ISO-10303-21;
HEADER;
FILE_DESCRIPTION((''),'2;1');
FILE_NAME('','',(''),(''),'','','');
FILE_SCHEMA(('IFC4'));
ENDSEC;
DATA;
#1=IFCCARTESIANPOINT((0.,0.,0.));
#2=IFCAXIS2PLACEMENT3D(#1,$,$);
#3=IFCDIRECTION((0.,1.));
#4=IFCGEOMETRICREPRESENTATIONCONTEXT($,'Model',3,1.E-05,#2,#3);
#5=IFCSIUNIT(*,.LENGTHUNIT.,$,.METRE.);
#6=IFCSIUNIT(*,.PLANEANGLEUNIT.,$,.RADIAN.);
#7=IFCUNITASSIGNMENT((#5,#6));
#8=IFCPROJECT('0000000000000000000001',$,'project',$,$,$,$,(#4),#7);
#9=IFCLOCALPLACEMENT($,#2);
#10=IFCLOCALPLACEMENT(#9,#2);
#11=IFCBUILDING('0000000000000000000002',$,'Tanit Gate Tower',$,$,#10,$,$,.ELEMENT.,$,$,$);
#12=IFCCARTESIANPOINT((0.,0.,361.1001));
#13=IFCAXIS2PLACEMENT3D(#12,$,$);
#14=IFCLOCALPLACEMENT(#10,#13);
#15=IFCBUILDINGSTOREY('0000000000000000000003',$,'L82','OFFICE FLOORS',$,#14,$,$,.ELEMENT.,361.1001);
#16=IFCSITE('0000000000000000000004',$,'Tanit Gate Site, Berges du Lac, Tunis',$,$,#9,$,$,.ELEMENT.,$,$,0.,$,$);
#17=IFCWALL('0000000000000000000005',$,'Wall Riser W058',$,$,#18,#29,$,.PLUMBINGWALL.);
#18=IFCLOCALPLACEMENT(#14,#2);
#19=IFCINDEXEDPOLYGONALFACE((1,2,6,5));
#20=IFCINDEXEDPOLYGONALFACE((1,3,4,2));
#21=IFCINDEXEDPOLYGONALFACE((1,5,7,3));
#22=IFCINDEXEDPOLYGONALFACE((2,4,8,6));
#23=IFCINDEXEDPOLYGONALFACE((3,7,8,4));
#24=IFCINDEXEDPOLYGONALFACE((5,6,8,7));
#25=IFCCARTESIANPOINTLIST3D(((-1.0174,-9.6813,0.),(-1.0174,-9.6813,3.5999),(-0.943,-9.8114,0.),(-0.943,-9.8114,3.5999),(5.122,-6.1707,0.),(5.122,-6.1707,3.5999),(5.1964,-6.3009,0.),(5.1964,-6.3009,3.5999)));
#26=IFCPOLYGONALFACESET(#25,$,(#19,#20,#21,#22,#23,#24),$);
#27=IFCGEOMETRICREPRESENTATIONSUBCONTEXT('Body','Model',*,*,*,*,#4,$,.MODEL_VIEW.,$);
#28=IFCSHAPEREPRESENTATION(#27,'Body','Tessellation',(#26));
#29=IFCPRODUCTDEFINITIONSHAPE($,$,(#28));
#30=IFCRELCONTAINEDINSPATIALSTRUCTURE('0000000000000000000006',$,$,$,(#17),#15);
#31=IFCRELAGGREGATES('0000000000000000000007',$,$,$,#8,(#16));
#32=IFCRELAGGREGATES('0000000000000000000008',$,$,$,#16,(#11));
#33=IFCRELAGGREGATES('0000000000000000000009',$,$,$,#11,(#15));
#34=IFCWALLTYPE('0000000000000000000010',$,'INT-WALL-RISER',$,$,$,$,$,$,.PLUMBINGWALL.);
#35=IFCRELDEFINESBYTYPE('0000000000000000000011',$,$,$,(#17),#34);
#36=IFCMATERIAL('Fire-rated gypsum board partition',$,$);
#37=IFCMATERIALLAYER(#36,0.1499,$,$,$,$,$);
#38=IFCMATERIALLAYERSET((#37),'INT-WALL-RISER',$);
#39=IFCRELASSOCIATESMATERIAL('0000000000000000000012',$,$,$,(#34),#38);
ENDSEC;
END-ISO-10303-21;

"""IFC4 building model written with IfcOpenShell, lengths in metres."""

from ifc_helpers import new_model, si_unit, direction, frame, frame_2d, origin, place, context, subcontext, project, spatial, rectangle, extrude, material, layer, layer_set, type_object, element, save


model = new_model("IFC4")

# Units and contexts
model_context = context("Model", 3, precision=1e-05, world=origin(), true_north=direction((0.0, 1.0)))
body_context = subcontext(model_context, "Body", "Model", "MODEL_VIEW")
ifc_project = project(units=[si_unit("LENGTHUNIT", "METRE"), si_unit("PLANEANGLEUNIT", "RADIAN")], contexts=[model_context])

# Site, building, storey
site_placement = place(None, origin())
site = spatial("IfcSite", under=ifc_project, at=site_placement, Name="Tanit Gate Site, Berges du Lac, Tunis", CompositionType="ELEMENT", RefElevation=0.0)
building_placement = place(site_placement, origin())
building = spatial("IfcBuilding", under=site, at=building_placement, Name="Tanit Gate Tower", CompositionType="ELEMENT")
storey_placement = place(building_placement, frame((0.0, 0.0, 361.1001)))
storey = spatial("IfcBuildingStorey", under=building, at=storey_placement, Name="L82", Description="OFFICE FLOORS", CompositionType="ELEMENT", Elevation=361.1001)

# Wall
ifc_material_1 = material(Name="Fire-rated gypsum board partition")
ifc_layer_1 = layer(ifc_material_1, 0.1499)
ifc_layer_set_1 = layer_set([ifc_layer_1], Name="INT-WALL-RISER")
wall_type_1 = type_object("IfcWallType", Name="INT-WALL-RISER", PredefinedType="PLUMBINGWALL", material=ifc_layer_set_1)
wall_1_placement = place(storey_placement, frame((-0.9802, -9.7463, 0.0), z_axis=(0.0, 0.0, 1.0), x_axis=(0.868105, 0.496381, 0.0)))
element("IfcWall", 1, at=wall_1_placement, inside=storey, type_object=wall_type_1, Name="Wall Riser W058", PredefinedType="PLUMBINGWALL", context=body_context, shape_type="SweptSolid", body=[
    extrude(rectangle(XDim=7.0723, YDim=0.1499, at=frame_2d((3.5361, 0.0))), origin(), (0.0, 0.0, 1.0), 3.5999),
])

save(model, "model.ifc")
